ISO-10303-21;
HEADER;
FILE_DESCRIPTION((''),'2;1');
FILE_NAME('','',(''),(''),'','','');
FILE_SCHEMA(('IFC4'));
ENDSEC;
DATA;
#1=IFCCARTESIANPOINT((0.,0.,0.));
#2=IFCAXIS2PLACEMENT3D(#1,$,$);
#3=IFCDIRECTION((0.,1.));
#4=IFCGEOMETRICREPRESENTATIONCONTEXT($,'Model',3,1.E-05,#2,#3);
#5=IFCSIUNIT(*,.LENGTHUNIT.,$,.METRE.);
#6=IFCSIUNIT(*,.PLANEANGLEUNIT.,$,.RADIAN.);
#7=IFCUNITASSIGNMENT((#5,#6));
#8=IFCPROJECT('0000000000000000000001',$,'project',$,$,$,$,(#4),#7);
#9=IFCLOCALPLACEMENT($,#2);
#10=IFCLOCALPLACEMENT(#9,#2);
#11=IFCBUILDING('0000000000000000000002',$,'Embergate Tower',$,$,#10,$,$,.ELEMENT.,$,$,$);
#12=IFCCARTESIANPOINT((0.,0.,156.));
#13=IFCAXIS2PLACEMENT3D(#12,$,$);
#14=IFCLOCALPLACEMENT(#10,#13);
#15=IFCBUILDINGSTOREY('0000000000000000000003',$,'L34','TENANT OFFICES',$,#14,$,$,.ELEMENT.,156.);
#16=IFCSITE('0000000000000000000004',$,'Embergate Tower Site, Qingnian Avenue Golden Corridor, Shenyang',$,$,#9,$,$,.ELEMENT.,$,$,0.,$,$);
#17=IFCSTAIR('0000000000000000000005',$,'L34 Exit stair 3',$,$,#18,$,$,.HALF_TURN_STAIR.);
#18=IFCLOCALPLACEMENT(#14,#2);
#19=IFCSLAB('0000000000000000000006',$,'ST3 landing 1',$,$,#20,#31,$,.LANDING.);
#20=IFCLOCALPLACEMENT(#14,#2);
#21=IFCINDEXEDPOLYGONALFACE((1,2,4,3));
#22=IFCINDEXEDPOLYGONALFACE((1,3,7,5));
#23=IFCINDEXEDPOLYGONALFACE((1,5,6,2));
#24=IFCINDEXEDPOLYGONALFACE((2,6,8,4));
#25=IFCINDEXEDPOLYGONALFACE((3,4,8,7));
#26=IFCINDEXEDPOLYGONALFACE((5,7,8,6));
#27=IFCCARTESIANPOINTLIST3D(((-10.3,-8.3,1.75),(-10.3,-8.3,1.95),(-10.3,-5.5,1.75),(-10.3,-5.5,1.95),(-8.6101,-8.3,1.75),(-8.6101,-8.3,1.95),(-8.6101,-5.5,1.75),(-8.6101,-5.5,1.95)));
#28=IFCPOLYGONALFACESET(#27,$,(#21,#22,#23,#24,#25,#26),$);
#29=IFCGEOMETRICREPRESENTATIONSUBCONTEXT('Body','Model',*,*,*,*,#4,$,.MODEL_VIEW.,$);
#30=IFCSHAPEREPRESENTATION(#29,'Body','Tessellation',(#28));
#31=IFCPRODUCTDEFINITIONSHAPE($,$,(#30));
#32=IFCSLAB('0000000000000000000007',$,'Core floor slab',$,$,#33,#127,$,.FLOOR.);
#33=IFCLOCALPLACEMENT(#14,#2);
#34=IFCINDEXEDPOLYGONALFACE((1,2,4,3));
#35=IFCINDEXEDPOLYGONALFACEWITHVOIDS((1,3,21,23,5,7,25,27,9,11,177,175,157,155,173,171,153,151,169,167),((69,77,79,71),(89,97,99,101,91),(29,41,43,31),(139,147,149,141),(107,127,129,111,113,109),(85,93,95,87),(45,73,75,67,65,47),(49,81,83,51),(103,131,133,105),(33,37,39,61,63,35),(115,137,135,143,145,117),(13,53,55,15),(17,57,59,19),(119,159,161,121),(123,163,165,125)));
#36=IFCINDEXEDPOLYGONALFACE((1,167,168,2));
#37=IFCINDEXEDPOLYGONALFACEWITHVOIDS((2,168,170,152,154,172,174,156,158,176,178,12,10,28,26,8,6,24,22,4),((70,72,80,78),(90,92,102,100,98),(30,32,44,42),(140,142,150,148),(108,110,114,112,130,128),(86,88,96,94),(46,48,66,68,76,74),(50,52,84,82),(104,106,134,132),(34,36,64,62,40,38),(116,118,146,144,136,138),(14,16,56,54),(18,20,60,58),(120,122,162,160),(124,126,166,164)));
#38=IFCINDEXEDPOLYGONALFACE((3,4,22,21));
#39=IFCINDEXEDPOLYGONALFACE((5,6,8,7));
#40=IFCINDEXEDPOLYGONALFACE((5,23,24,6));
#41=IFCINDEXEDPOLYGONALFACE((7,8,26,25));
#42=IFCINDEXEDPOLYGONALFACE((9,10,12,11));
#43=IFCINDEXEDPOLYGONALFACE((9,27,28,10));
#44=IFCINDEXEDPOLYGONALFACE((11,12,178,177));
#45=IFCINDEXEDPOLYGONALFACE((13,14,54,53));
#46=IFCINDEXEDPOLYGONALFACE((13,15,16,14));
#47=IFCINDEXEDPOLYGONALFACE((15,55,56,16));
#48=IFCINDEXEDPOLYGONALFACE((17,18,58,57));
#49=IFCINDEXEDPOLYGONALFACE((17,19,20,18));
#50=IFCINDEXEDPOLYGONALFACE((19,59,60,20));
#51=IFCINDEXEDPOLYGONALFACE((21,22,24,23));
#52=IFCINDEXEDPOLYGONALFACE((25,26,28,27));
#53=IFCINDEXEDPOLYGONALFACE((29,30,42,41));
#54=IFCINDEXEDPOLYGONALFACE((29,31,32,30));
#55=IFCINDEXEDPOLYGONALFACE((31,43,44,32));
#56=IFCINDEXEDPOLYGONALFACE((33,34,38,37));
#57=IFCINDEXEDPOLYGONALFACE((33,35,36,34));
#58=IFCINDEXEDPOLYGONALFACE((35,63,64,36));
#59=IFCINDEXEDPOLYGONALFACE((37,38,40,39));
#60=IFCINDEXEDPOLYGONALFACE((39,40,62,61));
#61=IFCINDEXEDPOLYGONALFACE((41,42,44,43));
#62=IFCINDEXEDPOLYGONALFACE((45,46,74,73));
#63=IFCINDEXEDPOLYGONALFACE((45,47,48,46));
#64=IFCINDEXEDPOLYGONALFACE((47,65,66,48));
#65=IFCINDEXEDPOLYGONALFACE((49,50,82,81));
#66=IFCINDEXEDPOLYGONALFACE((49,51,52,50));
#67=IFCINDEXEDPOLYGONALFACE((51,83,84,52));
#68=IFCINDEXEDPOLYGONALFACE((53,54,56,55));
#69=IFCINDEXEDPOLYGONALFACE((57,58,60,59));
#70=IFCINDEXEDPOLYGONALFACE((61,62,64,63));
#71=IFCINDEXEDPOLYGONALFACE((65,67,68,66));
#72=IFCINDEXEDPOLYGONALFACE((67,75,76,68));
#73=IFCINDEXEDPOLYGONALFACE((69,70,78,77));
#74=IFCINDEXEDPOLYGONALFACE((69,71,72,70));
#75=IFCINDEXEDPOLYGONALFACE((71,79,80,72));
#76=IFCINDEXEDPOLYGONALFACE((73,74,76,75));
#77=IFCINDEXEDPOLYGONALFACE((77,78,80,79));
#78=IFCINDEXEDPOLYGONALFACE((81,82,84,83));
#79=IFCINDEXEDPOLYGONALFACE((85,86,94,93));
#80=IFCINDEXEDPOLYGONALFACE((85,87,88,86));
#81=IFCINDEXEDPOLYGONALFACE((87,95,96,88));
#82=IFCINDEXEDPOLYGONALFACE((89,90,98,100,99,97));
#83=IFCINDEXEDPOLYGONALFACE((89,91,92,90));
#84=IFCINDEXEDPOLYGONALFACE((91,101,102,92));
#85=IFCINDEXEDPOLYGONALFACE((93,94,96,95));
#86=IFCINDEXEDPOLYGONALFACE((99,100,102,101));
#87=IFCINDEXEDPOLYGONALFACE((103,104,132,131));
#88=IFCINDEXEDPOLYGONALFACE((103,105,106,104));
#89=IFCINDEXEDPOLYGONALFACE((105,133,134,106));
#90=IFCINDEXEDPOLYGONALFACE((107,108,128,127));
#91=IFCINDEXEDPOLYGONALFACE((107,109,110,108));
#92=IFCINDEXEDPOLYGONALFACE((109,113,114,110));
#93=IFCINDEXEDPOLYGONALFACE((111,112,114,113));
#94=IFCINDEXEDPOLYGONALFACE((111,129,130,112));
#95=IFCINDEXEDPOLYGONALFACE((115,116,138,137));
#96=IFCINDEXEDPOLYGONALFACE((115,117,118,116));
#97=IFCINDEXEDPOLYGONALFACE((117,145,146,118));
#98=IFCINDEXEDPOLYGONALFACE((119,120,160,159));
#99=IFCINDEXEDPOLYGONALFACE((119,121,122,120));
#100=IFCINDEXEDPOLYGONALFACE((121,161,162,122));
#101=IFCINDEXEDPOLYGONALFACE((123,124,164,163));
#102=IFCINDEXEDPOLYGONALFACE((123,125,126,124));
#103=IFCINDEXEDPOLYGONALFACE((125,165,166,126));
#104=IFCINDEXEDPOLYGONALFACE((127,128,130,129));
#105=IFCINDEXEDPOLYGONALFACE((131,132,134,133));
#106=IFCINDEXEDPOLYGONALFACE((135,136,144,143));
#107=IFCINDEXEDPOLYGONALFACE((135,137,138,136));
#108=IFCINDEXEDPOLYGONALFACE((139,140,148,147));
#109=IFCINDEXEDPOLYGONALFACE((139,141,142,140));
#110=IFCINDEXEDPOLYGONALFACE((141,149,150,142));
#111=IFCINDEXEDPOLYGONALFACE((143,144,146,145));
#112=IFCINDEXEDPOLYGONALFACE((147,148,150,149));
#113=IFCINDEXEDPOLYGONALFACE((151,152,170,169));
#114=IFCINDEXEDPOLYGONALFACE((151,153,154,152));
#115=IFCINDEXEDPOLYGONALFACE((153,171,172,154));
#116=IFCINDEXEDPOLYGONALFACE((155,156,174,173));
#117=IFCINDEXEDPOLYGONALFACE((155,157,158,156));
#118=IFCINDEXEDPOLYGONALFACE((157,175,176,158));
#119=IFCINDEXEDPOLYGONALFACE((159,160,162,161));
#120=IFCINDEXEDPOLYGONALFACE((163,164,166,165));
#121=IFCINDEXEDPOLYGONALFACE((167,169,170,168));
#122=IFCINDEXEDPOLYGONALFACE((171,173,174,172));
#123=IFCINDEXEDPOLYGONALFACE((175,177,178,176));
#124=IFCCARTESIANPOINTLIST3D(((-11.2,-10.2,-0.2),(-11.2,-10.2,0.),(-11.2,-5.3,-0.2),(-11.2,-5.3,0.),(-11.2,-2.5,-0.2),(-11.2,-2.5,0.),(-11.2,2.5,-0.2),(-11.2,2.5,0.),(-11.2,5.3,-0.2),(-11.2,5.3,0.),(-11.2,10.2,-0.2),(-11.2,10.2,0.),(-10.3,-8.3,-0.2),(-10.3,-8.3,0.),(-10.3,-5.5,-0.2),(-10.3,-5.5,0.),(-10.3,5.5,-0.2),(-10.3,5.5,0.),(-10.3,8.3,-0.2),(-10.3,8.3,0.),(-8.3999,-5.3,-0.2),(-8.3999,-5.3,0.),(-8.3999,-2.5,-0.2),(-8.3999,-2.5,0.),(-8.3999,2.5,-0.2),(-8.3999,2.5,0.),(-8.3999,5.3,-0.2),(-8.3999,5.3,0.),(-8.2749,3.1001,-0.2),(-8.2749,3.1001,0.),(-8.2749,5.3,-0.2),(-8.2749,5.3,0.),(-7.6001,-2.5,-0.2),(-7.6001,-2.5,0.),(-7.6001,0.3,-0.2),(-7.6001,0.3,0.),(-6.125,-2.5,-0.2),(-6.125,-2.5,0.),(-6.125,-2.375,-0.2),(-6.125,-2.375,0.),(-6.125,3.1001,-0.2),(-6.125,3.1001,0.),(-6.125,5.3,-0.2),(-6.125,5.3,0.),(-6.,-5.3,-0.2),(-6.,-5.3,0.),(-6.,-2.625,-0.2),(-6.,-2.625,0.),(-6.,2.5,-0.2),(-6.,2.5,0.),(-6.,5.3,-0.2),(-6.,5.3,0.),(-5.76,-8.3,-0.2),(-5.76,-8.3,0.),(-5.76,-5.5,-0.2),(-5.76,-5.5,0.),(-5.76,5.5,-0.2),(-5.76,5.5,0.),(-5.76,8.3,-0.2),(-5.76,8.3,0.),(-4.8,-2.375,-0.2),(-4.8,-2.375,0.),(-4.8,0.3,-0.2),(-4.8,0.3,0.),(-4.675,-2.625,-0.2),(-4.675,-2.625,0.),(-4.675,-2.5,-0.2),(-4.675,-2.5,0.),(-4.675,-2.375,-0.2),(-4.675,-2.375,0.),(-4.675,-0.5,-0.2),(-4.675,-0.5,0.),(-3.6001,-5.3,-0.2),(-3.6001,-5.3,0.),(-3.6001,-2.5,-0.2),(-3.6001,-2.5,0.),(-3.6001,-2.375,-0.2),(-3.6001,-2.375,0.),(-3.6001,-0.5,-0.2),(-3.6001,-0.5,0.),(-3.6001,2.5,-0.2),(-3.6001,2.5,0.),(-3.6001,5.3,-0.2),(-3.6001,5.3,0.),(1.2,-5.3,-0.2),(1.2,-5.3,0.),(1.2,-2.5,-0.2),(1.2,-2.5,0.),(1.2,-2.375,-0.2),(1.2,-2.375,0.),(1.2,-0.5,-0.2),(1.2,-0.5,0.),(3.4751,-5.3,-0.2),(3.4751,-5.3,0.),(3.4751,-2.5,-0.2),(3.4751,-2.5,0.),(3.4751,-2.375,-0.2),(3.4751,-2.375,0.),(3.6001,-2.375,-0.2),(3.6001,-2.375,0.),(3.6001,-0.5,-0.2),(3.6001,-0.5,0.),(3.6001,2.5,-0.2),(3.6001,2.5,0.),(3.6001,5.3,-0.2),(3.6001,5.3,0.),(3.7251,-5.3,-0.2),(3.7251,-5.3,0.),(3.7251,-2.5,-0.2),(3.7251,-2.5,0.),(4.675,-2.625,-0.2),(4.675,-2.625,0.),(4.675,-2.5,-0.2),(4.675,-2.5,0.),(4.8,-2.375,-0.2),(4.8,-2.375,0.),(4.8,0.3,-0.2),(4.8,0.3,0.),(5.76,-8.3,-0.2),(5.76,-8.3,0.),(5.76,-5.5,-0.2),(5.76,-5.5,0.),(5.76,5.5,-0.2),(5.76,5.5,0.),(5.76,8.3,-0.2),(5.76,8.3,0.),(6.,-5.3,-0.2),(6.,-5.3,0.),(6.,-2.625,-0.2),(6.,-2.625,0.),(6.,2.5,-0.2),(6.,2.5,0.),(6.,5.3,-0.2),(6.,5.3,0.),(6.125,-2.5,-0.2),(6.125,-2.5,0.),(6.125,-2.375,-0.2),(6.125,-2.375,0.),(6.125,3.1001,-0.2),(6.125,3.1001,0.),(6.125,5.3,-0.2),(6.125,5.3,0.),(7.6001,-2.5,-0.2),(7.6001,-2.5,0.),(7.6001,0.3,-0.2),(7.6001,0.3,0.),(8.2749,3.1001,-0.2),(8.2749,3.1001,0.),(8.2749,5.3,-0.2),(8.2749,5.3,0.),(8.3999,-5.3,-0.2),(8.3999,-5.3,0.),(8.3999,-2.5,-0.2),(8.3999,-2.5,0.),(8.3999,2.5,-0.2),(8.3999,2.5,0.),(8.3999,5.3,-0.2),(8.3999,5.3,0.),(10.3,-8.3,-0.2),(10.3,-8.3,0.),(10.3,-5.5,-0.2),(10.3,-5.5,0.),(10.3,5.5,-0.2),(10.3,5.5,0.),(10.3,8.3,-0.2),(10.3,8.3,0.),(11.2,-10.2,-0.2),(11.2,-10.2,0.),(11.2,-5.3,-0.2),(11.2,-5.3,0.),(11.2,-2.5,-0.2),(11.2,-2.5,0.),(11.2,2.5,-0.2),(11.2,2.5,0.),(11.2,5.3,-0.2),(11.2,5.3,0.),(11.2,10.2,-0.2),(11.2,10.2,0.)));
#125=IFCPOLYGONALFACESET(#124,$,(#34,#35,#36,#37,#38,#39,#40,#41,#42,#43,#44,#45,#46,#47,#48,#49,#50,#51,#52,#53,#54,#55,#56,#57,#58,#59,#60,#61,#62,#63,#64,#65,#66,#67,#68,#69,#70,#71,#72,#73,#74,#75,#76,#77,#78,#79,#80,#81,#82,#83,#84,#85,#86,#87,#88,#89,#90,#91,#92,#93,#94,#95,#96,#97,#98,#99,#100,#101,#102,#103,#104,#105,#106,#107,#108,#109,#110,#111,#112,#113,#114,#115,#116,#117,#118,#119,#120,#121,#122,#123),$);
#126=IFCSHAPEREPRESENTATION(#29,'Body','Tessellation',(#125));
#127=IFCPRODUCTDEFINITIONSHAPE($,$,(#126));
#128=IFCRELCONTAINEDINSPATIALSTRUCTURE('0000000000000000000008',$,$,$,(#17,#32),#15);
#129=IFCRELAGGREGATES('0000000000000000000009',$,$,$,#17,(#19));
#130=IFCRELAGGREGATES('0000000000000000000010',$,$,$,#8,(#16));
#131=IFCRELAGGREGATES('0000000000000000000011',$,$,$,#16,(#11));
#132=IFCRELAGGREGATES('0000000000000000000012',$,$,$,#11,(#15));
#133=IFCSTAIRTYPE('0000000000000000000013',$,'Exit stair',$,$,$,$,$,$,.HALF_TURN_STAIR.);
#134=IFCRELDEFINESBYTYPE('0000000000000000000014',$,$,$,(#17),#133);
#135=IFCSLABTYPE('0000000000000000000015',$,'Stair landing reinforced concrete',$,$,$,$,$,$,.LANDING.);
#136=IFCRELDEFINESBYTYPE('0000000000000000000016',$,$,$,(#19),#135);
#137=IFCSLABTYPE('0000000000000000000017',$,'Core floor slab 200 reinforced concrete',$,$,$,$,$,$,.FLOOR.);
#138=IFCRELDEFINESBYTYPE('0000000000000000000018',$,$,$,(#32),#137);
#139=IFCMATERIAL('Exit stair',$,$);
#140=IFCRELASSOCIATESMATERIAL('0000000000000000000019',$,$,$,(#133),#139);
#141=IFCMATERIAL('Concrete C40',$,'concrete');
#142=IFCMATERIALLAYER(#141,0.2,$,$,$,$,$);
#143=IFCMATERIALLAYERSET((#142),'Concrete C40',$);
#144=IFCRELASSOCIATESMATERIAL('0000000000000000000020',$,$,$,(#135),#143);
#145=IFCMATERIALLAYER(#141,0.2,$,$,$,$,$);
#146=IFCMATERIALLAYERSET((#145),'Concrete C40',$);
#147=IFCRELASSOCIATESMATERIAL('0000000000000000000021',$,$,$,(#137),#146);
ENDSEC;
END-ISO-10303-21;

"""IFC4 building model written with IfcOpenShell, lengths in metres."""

from ifc_helpers import new_model, si_unit, direction, frame, origin, place, context, subcontext, project, spatial, polyline, outline, extrude, source, transform, mapped, material, layer, layer_set, type_object, element, aggregate, save


model = new_model("IFC4")

# Units and contexts
model_context = context("Model", 3, precision=1e-05, world=origin(), true_north=direction((0.0, 1.0)))
body_context = subcontext(model_context, "Body", "Model", "MODEL_VIEW")
ifc_project = project(units=[si_unit("LENGTHUNIT", "METRE"), si_unit("PLANEANGLEUNIT", "RADIAN")], contexts=[model_context])

# Site, building, storey
site_placement = place(None, origin())
site = spatial("IfcSite", under=ifc_project, at=site_placement, Name="Embergate Tower Site, Qingnian Avenue Golden Corridor, Shenyang", CompositionType="ELEMENT", RefElevation=0.0)
building_placement = place(site_placement, origin())
building = spatial("IfcBuilding", under=site, at=building_placement, Name="Embergate Tower", CompositionType="ELEMENT")
storey_placement = place(building_placement, frame((0.0, 0.0, 156.0)))
storey = spatial("IfcBuildingStorey", under=building, at=storey_placement, Name="L34", Description="TENANT OFFICES", CompositionType="ELEMENT", Elevation=156.0)

# Stair, slab
ifc_material_1 = material(Name="Exit stair")
stair_type = type_object("IfcStairType", Name="Exit stair", PredefinedType="HALF_TURN_STAIR", material=ifc_material_1)
stair_placement = place(storey_placement, origin())
stair = element("IfcStair", 1, at=stair_placement, inside=storey, type_object=stair_type, Name="L34 Exit stair 3", PredefinedType="HALF_TURN_STAIR")
ifc_material_2 = material(Name="Concrete C40", Category="concrete")
ifc_layer_1 = layer(ifc_material_2, 0.2)
ifc_layer_set_1 = layer_set([ifc_layer_1], Name="Concrete C40")
slab_type_1 = type_object("IfcSlabType", Name="Stair landing reinforced concrete", PredefinedType="LANDING", material=ifc_layer_set_1)
shared_shape_1 = source(origin(), body_context, "Body", "SweptSolid", [
    extrude(outline(polyline([(0.0, 0.0), (1.6899, 0.0), (1.6899, 2.8), (0.0, 2.8), (0.0, 0.0)])), origin(), (0.0, 0.0, 1.0), 0.2),
])
slab_1_placement = place(storey_placement, frame((-10.3, -8.3, 1.75)))
slab_1 = element("IfcSlab", 2, at=slab_1_placement, type_object=slab_type_1, Name="ST3 landing 1", PredefinedType="LANDING", context=body_context, shape_type="MappedRepresentation", body=[
    mapped(shared_shape_1, transform((0.0, 0.0, 0.0))),
])

# Slab
ifc_layer_2 = layer(ifc_material_2, 0.2)
ifc_layer_set_2 = layer_set([ifc_layer_2], Name="Concrete C40")
slab_type_2 = type_object("IfcSlabType", Name="Core floor slab 200 reinforced concrete", PredefinedType="FLOOR", material=ifc_layer_set_2)
shared_shape_2 = source(origin(), body_context, "Body", "SweptSolid", [
    extrude(outline(polyline([(0.0, 0.0), (22.3999, 0.0), (22.3999, 4.8999), (19.5999, 4.8999), (19.5999, 7.7), (22.3999, 7.7), (22.3999, 12.7), (19.5999, 12.7), (19.5999, 15.5), (22.3999, 15.5), (22.3999, 20.3999), (0.0, 20.3999), (0.0, 15.5), (2.8, 15.5), (2.8, 12.7), (0.0, 12.7), (0.0, 7.7), (2.8, 7.7), (2.8, 4.8999), (0.0, 4.8999), (0.0, 0.0)]), holes=[polyline([(0.8999, 1.8999), (0.8999, 4.7), (5.4399, 4.7), (5.4399, 1.8999), (0.8999, 1.8999)]), polyline([(16.96, 1.8999), (16.96, 4.7), (21.5, 4.7), (21.5, 1.8999), (16.96, 1.8999)]), polyline([(5.2, 4.8999), (5.2, 7.575), (6.5249, 7.575), (6.5249, 7.7), (7.5999, 7.7), (7.5999, 4.8999), (5.2, 4.8999)]), polyline([(12.3999, 4.8999), (12.3999, 7.7), (14.675, 7.7), (14.675, 4.8999), (12.3999, 4.8999)]), polyline([(14.925, 4.8999), (14.925, 7.7), (15.875, 7.7), (15.875, 7.575), (17.2, 7.575), (17.2, 4.8999), (14.925, 4.8999)]), polyline([(3.5999, 7.7), (3.5999, 10.5), (6.3999, 10.5), (6.3999, 7.825), (5.075, 7.825), (5.075, 7.7), (3.5999, 7.7)]), polyline([(17.325, 7.7), (17.325, 7.825), (16.0, 7.825), (16.0, 10.5), (18.8, 10.5), (18.8, 7.7), (17.325, 7.7)]), polyline([(6.5249, 7.825), (6.5249, 9.7), (7.5999, 9.7), (7.5999, 7.825), (6.5249, 7.825)]), polyline([(12.3999, 7.825), (12.3999, 9.7), (14.8, 9.7), (14.8, 7.825), (14.675, 7.825), (12.3999, 7.825)]), polyline([(5.2, 12.7), (5.2, 15.5), (7.5999, 15.5), (7.5999, 12.7), (5.2, 12.7)]), polyline([(14.8, 12.7), (14.8, 15.5), (17.2, 15.5), (17.2, 12.7), (14.8, 12.7)]), polyline([(2.925, 13.3), (2.925, 15.5), (5.075, 15.5), (5.075, 13.3), (2.925, 13.3)]), polyline([(17.325, 13.3), (17.325, 15.5), (19.4749, 15.5), (19.4749, 13.3), (17.325, 13.3)]), polyline([(0.8999, 15.7), (0.8999, 18.5), (5.4399, 18.5), (5.4399, 15.7), (0.8999, 15.7)]), polyline([(16.96, 15.7), (16.96, 18.5), (21.5, 18.5), (21.5, 15.7), (16.96, 15.7)])]), origin(), (0.0, 0.0, 1.0), 0.2),
])
slab_2_placement = place(storey_placement, frame((-11.2, -10.2, -0.2)))
element("IfcSlab", 3, at=slab_2_placement, inside=storey, type_object=slab_type_2, Name="Core floor slab", PredefinedType="FLOOR", context=body_context, shape_type="MappedRepresentation", body=[
    mapped(shared_shape_2, transform((0.0, 0.0, 0.0))),
])

aggregate(stair, [slab_1])

save(model, "model.ifc")
